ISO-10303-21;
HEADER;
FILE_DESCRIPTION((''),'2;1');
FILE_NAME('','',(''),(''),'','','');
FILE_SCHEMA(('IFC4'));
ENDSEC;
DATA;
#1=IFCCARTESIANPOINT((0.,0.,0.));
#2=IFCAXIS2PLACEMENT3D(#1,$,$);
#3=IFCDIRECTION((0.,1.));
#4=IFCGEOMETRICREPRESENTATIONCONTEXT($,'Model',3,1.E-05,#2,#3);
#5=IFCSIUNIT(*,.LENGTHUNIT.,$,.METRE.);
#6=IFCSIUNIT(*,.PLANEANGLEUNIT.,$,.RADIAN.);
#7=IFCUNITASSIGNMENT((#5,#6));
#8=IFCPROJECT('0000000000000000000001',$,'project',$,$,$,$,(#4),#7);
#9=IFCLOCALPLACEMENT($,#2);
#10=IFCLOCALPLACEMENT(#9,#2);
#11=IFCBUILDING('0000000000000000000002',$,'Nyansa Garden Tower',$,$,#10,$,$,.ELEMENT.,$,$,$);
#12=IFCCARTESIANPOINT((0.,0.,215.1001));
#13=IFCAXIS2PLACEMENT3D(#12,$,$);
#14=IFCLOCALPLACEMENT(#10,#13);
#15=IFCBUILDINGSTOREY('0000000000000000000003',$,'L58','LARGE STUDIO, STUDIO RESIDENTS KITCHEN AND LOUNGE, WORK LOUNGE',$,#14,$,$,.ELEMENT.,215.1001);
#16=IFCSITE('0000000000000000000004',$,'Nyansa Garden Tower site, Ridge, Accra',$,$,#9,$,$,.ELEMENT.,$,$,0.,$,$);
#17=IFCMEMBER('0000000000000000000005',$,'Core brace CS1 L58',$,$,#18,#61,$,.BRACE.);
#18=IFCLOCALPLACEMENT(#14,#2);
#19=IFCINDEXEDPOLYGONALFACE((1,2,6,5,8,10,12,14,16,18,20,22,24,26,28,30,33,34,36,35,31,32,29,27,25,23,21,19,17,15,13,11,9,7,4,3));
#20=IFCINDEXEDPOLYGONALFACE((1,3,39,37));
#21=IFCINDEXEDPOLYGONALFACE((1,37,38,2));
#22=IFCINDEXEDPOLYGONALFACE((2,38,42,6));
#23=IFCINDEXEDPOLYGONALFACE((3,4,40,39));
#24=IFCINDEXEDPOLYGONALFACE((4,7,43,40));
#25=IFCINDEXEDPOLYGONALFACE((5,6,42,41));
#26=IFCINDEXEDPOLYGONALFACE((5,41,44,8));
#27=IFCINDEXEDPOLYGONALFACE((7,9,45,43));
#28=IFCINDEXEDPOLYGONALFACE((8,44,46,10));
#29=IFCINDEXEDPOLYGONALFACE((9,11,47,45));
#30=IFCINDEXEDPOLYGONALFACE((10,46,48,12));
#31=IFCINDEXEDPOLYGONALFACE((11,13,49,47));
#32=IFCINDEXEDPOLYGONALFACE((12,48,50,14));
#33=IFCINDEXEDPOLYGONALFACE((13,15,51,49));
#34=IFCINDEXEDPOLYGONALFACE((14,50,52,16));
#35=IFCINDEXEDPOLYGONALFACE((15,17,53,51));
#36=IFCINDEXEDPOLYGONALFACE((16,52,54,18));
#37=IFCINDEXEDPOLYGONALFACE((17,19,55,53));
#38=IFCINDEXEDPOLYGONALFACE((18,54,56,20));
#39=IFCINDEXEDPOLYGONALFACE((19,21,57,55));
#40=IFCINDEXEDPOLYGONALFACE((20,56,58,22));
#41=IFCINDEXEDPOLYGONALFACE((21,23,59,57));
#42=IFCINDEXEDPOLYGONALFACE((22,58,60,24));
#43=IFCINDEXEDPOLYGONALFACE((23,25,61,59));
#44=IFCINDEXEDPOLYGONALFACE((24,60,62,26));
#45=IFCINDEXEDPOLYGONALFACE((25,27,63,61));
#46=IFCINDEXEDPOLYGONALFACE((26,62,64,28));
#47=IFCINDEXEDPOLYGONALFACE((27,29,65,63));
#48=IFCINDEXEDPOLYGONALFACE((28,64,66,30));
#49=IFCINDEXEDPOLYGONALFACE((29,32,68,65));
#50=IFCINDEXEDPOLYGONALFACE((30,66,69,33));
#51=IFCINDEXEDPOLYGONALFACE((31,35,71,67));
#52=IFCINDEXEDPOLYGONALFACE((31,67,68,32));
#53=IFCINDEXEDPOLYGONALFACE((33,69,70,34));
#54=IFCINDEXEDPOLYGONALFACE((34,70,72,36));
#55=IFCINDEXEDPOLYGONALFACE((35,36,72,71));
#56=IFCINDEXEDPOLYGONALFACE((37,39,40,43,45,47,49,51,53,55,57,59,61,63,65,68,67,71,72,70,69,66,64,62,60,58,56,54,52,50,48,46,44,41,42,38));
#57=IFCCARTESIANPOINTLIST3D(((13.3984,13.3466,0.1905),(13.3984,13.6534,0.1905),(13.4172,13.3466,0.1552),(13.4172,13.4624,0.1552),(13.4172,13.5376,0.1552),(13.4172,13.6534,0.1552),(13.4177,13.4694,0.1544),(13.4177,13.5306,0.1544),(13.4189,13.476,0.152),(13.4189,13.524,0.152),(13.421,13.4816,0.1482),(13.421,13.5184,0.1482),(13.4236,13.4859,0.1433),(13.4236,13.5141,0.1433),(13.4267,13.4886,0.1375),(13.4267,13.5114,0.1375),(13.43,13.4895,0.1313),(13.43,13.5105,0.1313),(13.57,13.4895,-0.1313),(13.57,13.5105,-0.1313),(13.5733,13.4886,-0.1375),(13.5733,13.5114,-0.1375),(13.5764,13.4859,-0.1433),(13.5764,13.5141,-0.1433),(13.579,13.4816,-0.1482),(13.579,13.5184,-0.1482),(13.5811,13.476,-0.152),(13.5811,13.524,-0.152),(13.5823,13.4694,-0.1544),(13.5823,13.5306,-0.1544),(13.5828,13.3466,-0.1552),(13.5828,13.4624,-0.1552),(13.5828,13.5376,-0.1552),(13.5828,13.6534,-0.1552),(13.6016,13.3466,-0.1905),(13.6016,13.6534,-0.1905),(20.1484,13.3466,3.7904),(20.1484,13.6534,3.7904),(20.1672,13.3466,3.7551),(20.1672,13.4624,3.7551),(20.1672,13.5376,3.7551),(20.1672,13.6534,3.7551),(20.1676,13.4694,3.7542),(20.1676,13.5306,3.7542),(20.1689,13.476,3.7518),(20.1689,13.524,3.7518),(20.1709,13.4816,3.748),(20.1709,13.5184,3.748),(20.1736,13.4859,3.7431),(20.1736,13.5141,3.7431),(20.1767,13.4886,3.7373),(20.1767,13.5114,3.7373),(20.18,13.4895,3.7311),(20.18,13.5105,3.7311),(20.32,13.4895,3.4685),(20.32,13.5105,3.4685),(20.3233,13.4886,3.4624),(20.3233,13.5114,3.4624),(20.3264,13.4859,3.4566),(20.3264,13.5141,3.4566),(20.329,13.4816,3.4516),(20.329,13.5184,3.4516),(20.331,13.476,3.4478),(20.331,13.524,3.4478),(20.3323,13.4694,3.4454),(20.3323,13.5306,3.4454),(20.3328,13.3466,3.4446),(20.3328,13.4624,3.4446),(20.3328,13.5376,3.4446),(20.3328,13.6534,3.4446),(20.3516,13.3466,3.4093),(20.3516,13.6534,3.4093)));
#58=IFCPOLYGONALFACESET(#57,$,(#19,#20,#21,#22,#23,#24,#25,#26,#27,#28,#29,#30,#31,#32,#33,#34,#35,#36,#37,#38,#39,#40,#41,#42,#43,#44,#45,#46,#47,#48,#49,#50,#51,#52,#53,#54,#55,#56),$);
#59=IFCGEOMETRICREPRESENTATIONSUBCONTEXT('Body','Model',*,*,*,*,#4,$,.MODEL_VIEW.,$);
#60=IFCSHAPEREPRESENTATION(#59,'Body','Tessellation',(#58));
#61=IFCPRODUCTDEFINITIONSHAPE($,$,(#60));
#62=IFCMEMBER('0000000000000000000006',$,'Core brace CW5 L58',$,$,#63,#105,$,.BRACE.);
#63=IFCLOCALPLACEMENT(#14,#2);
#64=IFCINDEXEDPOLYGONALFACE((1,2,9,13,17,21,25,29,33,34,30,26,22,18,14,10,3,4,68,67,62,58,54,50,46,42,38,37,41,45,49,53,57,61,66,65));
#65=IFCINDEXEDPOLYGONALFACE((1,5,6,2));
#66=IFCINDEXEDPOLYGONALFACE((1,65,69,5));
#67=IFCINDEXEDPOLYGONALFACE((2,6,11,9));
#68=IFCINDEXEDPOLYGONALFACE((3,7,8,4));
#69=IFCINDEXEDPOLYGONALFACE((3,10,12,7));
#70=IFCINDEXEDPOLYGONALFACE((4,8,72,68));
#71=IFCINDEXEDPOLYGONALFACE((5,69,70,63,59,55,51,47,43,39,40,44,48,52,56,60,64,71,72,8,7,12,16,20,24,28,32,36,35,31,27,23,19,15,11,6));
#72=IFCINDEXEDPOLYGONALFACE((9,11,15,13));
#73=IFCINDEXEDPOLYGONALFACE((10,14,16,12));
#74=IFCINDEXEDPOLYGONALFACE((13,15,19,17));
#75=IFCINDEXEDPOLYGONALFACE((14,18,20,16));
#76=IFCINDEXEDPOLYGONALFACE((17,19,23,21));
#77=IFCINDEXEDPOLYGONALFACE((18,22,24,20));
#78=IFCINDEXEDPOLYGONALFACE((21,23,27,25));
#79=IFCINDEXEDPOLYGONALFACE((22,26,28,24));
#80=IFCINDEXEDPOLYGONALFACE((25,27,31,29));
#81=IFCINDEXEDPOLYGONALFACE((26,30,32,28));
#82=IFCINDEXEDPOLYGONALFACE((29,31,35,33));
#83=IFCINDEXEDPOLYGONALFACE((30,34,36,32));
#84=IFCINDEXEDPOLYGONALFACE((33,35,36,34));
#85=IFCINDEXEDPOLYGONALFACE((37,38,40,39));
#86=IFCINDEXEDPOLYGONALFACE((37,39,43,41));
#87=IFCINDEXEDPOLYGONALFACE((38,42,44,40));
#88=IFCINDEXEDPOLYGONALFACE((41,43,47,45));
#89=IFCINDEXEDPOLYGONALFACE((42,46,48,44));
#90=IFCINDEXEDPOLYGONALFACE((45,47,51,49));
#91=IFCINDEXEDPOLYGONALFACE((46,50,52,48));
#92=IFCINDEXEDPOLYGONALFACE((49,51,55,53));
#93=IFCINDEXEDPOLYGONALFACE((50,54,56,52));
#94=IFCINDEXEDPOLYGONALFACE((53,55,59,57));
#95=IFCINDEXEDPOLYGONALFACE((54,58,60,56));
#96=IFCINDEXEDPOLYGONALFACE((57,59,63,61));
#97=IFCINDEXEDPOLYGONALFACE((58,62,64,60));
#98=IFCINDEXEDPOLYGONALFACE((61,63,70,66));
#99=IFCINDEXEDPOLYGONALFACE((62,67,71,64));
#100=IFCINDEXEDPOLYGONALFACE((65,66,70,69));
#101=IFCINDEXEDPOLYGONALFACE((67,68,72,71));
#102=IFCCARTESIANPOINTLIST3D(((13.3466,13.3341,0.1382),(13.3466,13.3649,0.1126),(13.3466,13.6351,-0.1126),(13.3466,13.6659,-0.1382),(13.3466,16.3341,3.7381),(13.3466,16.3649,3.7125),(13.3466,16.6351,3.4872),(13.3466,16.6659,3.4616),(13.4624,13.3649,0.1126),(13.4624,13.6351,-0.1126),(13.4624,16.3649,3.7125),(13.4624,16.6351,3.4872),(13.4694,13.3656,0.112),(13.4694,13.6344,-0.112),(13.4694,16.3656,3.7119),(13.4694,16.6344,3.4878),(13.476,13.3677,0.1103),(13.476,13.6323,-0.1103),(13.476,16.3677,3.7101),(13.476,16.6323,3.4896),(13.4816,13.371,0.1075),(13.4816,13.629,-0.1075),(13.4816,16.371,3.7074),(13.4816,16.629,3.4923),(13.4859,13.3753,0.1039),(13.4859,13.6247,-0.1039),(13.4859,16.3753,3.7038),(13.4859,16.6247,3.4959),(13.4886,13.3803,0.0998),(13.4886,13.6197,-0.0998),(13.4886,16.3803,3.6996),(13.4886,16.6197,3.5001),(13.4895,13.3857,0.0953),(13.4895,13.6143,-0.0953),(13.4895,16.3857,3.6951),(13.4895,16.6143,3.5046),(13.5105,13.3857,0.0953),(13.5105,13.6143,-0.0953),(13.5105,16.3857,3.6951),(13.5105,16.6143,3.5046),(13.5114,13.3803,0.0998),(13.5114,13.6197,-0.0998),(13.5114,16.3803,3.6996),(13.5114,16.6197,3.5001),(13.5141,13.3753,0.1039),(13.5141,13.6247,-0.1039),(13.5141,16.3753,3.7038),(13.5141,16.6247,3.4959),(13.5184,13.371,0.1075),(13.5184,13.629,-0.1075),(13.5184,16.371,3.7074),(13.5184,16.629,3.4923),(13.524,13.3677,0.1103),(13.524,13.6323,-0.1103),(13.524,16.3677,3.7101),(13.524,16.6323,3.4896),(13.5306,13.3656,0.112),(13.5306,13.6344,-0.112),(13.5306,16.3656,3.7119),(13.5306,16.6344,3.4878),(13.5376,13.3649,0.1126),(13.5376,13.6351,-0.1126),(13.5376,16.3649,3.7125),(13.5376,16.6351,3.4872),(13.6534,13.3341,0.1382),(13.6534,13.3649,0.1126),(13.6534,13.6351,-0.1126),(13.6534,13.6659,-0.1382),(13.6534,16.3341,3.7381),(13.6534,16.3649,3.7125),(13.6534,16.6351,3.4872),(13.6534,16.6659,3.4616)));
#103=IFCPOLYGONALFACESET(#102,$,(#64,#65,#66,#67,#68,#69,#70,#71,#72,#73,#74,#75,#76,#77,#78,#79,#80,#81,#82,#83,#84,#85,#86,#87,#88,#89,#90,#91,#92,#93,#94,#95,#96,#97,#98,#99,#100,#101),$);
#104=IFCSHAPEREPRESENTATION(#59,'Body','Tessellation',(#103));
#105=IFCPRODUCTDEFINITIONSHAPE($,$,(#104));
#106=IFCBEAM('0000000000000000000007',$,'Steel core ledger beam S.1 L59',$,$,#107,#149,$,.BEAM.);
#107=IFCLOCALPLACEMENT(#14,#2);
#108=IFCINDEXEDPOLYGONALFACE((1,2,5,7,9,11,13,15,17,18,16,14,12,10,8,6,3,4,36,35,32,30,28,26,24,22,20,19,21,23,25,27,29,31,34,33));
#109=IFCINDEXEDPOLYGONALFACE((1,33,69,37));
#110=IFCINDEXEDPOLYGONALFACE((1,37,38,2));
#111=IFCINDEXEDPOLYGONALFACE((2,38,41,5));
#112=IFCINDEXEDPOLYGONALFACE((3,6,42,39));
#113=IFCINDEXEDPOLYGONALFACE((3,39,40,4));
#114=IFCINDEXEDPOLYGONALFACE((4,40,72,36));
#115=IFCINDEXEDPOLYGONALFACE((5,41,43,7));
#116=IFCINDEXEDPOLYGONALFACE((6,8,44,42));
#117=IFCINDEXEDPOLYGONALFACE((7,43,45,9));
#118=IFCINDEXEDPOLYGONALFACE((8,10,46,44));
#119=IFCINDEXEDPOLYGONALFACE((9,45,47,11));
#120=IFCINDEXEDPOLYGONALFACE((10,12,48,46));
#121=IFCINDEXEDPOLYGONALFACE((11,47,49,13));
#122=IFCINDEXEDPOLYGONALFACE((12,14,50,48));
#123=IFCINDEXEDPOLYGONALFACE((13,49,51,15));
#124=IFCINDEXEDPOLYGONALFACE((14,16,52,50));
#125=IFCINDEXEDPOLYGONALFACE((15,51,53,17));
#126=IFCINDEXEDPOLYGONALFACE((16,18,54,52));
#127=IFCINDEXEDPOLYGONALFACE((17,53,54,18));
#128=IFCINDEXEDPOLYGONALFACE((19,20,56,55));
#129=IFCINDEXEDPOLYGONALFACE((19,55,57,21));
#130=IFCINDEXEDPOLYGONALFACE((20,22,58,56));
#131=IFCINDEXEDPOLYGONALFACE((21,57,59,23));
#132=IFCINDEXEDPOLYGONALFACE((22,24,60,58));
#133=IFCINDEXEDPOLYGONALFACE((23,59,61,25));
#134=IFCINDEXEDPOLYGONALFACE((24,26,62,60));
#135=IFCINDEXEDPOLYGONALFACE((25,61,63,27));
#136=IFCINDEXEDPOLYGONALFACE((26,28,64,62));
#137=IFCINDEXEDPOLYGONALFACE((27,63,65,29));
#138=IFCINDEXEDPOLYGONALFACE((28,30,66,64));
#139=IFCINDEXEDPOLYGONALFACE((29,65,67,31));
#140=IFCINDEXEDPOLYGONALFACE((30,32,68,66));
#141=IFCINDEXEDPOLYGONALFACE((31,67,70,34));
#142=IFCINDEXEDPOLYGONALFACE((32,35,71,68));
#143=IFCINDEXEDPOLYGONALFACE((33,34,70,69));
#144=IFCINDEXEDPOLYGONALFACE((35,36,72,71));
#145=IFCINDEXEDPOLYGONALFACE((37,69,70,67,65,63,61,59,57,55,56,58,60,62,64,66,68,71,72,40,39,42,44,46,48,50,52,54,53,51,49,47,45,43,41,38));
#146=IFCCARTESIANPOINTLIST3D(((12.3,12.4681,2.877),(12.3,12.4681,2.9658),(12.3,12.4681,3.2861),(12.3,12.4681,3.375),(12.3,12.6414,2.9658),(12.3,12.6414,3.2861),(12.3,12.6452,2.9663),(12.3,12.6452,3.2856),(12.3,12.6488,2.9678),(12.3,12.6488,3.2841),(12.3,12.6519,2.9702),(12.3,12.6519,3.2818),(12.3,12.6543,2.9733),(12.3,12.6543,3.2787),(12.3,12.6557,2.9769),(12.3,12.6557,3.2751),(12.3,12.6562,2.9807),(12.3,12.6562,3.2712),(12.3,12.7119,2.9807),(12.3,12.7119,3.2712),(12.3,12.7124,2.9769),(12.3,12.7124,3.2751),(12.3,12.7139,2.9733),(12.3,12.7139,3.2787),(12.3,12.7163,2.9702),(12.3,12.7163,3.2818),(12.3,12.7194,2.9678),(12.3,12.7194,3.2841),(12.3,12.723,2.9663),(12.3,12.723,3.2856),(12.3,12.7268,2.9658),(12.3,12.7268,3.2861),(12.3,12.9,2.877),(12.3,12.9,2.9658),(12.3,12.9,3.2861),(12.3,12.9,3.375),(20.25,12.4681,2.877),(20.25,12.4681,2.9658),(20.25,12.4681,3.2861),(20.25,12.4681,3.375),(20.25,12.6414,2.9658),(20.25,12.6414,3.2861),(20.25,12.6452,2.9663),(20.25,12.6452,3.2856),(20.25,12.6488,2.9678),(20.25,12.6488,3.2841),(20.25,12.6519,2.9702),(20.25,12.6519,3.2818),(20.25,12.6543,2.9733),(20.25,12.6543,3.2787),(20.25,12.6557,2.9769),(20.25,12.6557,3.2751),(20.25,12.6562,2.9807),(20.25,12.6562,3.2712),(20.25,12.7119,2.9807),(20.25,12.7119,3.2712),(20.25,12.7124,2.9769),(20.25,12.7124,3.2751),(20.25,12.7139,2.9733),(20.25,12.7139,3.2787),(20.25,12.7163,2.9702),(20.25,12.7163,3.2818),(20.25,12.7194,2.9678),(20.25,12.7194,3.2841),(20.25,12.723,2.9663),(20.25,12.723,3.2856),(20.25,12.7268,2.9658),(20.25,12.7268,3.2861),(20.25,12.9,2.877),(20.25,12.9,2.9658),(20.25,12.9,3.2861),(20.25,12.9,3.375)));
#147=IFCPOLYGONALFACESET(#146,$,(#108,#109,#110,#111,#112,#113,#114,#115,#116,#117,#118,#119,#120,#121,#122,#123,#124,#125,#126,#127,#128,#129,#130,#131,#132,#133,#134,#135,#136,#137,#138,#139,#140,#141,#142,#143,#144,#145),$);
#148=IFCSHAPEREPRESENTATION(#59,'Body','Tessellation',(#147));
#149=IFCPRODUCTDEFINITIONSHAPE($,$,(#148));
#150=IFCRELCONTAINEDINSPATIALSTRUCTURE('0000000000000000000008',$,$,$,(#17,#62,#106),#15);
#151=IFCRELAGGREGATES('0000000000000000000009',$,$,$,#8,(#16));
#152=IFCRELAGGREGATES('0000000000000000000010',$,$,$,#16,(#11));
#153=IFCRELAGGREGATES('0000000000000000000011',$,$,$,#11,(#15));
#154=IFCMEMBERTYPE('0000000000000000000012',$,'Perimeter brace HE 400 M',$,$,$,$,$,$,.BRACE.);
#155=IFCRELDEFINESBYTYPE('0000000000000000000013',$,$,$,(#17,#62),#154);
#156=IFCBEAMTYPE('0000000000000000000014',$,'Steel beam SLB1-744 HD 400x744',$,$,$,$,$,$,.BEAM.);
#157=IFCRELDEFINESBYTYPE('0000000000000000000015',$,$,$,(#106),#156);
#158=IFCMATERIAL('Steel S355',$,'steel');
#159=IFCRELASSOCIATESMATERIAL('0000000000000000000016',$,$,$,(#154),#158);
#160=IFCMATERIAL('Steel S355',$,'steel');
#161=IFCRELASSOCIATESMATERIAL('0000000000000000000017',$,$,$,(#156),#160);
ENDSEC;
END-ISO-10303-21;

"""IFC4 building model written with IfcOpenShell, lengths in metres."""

from ifc_helpers import new_model, si_unit, direction, frame, origin, origin_2d, place, context, subcontext, project, spatial, i_section, extrude, material, material_profile, profile_set, type_object, element, save


model = new_model("IFC4")

# Units and contexts
model_context = context("Model", 3, precision=1e-05, world=origin(), true_north=direction((0.0, 1.0)))
body_context = subcontext(model_context, "Body", "Model", "MODEL_VIEW")
ifc_project = project(units=[si_unit("LENGTHUNIT", "METRE"), si_unit("PLANEANGLEUNIT", "RADIAN")], contexts=[model_context])

# Site, building, storey
site_placement = place(None, origin())
site = spatial("IfcSite", under=ifc_project, at=site_placement, Name="Nyansa Garden Tower site, Ridge, Accra", CompositionType="ELEMENT", RefElevation=0.0)
building_placement = place(site_placement, origin())
building = spatial("IfcBuilding", under=site, at=building_placement, Name="Nyansa Garden Tower", CompositionType="ELEMENT")
storey_placement = place(building_placement, frame((0.0, 0.0, 215.1001)))
storey = spatial("IfcBuildingStorey", under=building, at=storey_placement, Name="L58", Description="LARGE STUDIO, STUDIO RESIDENTS KITCHEN AND LOUNGE, WORK LOUNGE", CompositionType="ELEMENT", Elevation=215.1001)

# Members
ifc_material_1 = material(Name="Steel S355", Category="steel")
ifc_material_profile_1 = material_profile(ifc_material_1, i_section(OverallWidth=0.3069, OverallDepth=0.4319, WebThickness=0.021, FlangeThickness=0.04, FilletRadius=0.0271, at=origin_2d()), Name="HE 400 M")
ifc_profile_set_1 = profile_set([ifc_material_profile_1], Name="Steel S355")
member_type = type_object("IfcMemberType", Name="Perimeter brace HE 400 M", PredefinedType="BRACE", material=ifc_profile_set_1)
member_1_placement = place(storey_placement, frame((13.5, 13.5, 0.0), z_axis=(0.882361, 0.0, 0.470573), x_axis=(0.0, 1.0, 0.0)))
element("IfcMember", 1, at=member_1_placement, inside=storey, type_object=member_type, Name="Core brace CS1 L58", PredefinedType="BRACE", context=body_context, shape_type="SweptSolid", body=[
    extrude(i_section(OverallWidth=0.3069, OverallDepth=0.4319, WebThickness=0.021, FlangeThickness=0.04, FilletRadius=0.0271, at=origin_2d()), origin(), (0.0, 0.0, 1.0), 7.6499),
])
member_2_placement = place(storey_placement, frame((13.5, 13.5, 0.0), z_axis=(0.0, 0.6402, 0.768208), x_axis=(-1.0, 0.0, 0.0)))
element("IfcMember", 2, at=member_2_placement, inside=storey, type_object=member_type, Name="Core brace CW5 L58", PredefinedType="BRACE", context=body_context, shape_type="SweptSolid", body=[
    extrude(i_section(OverallWidth=0.3069, OverallDepth=0.4319, WebThickness=0.021, FlangeThickness=0.04, FilletRadius=0.0271, at=origin_2d()), origin(), (0.0, 0.0, 1.0), 4.686),
])

# Beam
ifc_material_2 = material(Name="Steel S355", Category="steel")
ifc_material_profile_2 = material_profile(ifc_material_2, i_section(OverallWidth=0.4319, OverallDepth=0.498, WebThickness=0.0557, FlangeThickness=0.0889, FilletRadius=0.0149, at=origin_2d()), Name="HD 400x744")
ifc_profile_set_2 = profile_set([ifc_material_profile_2], Name="Steel S355")
beam_type = type_object("IfcBeamType", Name="Steel beam SLB1-744 HD 400x744", PredefinedType="BEAM", material=ifc_profile_set_2)
beam_placement = place(storey_placement, frame((12.3, 12.6841, 3.126), z_axis=(1.0, 0.0, 0.0), x_axis=(0.0, 1.0, 0.0)))
element("IfcBeam", 3, at=beam_placement, inside=storey, type_object=beam_type, Name="Steel core ledger beam S.1 L59", PredefinedType="BEAM", context=body_context, shape_type="SweptSolid", body=[
    extrude(i_section(OverallWidth=0.4319, OverallDepth=0.498, WebThickness=0.0557, FlangeThickness=0.0889, FilletRadius=0.0149, at=origin_2d()), origin(), (0.0, 0.0, 1.0), 7.95),
])

save(model, "model.ifc")
